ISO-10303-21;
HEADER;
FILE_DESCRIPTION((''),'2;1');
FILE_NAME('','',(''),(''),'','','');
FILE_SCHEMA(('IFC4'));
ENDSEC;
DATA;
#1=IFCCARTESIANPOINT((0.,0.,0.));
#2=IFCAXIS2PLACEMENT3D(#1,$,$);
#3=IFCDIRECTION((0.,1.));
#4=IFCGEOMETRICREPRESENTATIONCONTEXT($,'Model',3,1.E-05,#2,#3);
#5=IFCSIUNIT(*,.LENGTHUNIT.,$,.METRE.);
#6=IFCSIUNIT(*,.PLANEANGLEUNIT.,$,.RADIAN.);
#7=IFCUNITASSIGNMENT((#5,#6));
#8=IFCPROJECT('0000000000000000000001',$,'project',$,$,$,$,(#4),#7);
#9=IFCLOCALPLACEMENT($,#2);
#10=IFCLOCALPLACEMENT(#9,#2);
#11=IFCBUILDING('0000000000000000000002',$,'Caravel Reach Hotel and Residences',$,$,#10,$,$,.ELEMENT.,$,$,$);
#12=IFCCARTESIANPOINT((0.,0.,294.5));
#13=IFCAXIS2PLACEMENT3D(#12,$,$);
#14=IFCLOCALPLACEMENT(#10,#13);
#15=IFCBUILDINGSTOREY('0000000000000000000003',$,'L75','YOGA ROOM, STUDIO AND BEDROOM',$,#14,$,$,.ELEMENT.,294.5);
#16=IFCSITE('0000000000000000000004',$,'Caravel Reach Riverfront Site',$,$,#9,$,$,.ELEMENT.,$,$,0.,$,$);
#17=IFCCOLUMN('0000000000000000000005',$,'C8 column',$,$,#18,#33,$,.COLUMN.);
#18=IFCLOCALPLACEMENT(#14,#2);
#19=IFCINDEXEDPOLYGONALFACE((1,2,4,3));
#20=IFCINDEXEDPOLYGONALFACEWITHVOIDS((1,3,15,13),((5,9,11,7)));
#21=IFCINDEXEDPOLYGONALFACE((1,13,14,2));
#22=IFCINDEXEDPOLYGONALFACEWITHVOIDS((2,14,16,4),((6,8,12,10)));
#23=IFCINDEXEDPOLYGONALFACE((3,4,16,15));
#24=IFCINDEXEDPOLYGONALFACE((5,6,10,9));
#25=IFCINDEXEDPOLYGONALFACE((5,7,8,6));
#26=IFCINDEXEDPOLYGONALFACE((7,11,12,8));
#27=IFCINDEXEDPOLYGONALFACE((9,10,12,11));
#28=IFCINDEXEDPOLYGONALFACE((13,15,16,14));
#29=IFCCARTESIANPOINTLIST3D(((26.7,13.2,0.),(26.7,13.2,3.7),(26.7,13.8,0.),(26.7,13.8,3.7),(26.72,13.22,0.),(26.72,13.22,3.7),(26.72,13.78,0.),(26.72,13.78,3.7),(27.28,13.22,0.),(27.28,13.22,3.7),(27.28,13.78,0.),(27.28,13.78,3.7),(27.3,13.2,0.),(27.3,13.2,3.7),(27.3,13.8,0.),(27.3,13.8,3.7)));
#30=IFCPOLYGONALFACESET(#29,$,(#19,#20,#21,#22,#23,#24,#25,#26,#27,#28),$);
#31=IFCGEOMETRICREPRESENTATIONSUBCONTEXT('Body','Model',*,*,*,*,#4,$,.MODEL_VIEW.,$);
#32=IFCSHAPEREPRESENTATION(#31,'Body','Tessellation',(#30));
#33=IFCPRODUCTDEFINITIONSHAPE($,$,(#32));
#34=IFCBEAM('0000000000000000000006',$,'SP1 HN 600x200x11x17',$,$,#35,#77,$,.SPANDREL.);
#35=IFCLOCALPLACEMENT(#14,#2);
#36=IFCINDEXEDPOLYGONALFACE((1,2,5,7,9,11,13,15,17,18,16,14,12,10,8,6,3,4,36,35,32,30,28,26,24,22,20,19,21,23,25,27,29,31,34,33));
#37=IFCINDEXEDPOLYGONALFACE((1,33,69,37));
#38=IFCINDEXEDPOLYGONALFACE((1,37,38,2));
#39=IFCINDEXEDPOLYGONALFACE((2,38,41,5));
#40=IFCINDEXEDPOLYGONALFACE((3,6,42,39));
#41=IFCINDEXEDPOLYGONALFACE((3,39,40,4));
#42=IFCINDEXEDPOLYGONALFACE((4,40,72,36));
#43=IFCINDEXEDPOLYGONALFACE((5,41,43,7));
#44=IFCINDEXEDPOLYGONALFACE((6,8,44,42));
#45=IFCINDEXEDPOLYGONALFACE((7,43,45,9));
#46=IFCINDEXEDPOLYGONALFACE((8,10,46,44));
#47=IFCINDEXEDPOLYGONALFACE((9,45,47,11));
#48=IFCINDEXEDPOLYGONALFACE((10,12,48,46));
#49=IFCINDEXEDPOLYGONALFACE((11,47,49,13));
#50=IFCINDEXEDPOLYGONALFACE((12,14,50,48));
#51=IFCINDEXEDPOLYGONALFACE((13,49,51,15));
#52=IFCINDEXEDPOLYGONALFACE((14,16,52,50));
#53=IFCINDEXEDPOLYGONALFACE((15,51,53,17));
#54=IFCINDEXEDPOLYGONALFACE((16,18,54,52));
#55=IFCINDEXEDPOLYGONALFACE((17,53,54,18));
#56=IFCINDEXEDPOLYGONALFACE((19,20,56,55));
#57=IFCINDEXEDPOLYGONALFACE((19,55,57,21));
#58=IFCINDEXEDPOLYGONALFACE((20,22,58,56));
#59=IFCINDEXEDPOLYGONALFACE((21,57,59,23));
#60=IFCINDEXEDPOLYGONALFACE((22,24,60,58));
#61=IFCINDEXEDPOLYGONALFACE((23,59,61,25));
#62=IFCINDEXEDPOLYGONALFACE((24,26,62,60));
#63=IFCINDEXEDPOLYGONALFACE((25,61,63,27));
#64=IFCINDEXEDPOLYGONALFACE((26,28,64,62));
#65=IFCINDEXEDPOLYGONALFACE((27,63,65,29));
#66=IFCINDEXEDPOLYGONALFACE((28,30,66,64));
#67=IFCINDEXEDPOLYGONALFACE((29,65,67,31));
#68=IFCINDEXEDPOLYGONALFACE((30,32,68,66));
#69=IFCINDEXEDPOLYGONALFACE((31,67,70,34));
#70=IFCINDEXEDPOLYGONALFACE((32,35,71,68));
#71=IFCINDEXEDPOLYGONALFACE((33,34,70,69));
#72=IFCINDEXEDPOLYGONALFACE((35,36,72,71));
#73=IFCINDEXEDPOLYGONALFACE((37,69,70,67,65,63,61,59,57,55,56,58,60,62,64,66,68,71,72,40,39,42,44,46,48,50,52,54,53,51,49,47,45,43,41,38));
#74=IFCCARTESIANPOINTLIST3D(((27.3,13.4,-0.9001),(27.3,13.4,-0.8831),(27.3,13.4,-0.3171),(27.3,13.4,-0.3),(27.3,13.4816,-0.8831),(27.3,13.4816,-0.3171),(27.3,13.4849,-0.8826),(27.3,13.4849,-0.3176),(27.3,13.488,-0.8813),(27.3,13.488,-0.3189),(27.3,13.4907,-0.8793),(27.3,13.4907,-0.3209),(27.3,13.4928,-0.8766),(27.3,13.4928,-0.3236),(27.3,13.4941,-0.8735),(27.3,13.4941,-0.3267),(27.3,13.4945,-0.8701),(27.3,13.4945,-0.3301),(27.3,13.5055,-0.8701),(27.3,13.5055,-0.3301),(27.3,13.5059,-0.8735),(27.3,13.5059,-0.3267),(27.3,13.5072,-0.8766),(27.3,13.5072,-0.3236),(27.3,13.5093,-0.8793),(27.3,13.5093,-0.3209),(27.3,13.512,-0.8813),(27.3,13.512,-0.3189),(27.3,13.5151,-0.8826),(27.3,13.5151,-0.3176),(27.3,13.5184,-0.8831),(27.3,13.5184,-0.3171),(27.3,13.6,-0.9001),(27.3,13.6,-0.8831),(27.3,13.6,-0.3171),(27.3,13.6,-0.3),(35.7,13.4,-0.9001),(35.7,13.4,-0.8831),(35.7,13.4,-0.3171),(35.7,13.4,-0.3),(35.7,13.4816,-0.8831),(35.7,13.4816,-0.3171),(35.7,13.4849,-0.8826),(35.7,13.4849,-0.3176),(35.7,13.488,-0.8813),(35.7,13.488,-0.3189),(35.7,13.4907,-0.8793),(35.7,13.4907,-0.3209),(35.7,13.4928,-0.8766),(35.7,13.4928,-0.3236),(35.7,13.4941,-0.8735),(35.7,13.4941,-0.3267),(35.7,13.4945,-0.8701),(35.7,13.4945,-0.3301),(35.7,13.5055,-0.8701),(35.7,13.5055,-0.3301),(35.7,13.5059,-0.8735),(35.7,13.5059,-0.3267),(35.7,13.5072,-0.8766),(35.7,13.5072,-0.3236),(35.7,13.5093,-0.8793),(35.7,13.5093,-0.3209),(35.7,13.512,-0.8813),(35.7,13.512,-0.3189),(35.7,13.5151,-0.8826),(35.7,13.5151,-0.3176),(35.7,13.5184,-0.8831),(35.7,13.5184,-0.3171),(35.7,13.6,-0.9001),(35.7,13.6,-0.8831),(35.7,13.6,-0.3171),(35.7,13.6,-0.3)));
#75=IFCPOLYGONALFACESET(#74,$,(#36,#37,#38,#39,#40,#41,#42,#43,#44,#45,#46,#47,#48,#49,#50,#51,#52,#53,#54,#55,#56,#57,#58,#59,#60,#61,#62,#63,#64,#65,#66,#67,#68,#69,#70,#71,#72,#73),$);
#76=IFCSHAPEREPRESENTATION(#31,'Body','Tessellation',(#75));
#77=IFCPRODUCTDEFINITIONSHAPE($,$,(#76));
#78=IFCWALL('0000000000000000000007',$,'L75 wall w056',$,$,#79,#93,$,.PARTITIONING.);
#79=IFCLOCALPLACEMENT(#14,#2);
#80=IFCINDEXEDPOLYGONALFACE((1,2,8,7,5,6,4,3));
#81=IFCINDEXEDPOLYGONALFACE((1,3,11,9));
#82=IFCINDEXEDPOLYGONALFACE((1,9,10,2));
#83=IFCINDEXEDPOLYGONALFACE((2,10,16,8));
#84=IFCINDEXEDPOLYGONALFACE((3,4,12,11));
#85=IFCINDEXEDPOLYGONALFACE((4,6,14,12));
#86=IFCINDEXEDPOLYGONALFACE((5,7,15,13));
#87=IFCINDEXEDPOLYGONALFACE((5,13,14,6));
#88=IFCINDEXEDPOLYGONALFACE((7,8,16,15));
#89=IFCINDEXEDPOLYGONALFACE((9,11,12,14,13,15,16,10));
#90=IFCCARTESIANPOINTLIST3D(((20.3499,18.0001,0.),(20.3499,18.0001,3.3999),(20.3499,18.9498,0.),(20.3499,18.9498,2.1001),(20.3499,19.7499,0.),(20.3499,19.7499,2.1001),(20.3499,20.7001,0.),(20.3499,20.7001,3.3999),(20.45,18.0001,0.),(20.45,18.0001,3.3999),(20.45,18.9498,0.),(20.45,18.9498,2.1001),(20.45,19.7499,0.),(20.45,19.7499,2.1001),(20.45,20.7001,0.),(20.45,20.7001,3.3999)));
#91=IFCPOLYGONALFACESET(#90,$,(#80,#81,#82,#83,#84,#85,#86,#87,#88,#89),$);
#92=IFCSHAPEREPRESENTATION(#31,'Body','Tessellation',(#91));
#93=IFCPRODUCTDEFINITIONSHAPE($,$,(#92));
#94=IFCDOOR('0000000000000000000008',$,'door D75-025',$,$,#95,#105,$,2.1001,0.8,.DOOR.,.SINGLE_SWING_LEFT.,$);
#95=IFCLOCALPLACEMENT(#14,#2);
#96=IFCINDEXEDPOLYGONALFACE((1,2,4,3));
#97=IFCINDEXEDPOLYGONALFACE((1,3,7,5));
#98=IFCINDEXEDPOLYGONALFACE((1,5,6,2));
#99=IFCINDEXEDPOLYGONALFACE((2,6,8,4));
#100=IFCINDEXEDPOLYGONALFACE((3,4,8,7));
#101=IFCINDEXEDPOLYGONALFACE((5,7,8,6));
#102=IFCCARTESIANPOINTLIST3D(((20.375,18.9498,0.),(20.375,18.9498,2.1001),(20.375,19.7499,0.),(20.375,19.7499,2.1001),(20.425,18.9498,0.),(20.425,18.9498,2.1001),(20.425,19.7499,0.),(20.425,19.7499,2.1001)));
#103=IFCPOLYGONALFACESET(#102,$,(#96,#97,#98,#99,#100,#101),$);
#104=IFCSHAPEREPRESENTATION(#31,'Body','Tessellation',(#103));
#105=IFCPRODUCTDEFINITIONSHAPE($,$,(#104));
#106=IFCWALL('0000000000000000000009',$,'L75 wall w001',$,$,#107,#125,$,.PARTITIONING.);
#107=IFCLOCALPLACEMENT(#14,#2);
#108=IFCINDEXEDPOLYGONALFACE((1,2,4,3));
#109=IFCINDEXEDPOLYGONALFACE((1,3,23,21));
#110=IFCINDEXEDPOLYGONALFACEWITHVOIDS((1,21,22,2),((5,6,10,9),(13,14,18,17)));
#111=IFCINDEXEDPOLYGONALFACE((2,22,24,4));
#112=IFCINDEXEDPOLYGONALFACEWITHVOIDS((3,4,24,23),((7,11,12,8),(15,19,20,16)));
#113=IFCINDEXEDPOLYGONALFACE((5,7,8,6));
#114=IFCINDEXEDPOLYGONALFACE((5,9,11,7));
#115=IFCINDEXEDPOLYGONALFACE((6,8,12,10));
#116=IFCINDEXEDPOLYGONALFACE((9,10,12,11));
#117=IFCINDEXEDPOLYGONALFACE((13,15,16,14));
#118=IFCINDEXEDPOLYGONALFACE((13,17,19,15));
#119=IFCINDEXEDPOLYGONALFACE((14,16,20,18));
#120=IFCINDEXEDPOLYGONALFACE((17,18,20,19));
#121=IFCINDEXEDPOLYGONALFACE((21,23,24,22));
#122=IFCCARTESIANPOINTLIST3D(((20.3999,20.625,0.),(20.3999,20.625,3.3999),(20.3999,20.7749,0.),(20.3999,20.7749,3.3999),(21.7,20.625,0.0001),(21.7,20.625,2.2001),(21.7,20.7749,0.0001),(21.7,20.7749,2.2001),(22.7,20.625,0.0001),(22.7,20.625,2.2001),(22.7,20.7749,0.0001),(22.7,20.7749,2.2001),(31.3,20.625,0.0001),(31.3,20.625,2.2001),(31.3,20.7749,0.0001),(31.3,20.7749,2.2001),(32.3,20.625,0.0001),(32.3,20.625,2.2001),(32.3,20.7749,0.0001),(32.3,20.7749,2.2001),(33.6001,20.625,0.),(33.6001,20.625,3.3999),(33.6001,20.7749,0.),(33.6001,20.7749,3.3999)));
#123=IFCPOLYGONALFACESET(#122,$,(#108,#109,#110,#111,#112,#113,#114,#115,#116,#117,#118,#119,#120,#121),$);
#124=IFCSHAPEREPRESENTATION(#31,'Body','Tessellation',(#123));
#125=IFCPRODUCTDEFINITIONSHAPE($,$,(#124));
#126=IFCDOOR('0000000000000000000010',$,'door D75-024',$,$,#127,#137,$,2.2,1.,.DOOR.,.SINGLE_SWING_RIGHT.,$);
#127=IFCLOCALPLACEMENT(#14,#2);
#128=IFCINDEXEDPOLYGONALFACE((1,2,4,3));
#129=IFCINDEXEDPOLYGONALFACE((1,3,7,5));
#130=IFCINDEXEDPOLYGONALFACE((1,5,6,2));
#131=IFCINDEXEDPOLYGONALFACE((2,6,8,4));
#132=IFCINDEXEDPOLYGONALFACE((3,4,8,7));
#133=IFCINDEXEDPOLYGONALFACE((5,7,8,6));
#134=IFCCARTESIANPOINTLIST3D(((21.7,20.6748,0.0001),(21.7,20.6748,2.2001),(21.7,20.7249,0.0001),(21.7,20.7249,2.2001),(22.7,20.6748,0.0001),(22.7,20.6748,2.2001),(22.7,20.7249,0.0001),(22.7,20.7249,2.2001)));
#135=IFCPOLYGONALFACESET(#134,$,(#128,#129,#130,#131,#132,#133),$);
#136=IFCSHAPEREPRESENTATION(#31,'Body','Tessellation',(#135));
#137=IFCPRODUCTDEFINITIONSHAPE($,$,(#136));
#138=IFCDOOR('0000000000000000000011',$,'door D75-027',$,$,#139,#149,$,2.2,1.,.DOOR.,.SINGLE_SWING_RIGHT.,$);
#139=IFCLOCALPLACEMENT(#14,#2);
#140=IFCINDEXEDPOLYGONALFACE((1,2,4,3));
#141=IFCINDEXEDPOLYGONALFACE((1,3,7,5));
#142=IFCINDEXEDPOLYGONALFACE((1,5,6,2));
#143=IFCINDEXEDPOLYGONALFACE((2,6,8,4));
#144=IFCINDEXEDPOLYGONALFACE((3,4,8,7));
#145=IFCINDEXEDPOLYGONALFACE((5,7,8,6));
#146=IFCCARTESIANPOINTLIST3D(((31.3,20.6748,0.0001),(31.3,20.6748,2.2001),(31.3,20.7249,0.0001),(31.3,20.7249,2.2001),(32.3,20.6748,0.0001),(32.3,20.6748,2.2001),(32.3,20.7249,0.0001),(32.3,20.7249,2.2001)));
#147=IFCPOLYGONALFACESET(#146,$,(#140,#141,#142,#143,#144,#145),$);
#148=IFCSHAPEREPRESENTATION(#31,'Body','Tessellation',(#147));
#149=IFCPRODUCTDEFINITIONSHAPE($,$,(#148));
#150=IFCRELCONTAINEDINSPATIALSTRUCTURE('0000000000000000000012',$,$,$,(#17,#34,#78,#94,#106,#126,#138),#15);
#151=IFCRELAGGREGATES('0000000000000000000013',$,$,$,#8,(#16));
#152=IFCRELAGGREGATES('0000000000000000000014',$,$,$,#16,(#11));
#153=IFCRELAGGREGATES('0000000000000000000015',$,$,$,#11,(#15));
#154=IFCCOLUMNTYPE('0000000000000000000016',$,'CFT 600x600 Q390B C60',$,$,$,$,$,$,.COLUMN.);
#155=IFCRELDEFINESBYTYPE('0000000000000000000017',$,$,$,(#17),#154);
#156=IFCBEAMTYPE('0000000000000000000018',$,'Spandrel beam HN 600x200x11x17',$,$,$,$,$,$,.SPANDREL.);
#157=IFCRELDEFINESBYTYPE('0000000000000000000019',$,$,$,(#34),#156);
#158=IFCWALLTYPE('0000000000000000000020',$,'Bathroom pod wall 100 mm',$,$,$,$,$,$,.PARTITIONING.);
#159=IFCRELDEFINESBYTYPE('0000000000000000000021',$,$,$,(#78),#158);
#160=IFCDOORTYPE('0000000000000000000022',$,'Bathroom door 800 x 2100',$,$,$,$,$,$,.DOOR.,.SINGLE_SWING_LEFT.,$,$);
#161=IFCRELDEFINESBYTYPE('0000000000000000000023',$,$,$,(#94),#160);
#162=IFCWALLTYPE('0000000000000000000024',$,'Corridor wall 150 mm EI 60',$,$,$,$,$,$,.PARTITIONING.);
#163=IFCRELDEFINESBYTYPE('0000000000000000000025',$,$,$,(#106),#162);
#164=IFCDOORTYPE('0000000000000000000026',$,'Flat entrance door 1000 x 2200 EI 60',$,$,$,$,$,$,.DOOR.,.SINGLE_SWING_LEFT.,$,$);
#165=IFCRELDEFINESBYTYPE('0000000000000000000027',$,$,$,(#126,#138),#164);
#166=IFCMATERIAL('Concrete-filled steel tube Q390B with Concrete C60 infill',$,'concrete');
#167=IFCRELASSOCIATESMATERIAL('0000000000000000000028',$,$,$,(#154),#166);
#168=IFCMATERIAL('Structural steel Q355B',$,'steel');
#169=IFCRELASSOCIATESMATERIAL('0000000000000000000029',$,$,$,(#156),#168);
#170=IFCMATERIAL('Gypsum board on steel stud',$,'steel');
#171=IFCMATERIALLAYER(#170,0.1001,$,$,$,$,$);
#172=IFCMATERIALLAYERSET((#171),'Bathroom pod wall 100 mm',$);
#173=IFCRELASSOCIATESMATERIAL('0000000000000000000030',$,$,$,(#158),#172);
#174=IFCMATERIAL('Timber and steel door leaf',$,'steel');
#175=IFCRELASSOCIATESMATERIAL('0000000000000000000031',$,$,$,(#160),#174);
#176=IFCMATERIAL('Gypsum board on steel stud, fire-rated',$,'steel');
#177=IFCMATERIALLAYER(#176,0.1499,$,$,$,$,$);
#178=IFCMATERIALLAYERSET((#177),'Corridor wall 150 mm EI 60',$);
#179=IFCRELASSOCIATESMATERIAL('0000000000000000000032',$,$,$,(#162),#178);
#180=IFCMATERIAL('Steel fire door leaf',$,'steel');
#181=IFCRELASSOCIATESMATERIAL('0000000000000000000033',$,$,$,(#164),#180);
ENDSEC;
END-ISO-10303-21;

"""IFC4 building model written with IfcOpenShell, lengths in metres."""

from ifc_helpers import new_model, si_unit, direction, frame, frame_2d, origin, origin_2d, place, context, subcontext, project, spatial, rectangle, hollow_rectangle, i_section, extrude, material, layer, layer_set, material_profile, profile_set, type_object, element, fill, save


model = new_model("IFC4")

# Units and contexts
model_context = context("Model", 3, precision=1e-05, world=origin(), true_north=direction((0.0, 1.0)))
body_context = subcontext(model_context, "Body", "Model", "MODEL_VIEW")
ifc_project = project(units=[si_unit("LENGTHUNIT", "METRE"), si_unit("PLANEANGLEUNIT", "RADIAN")], contexts=[model_context])

# Site, building, storey
site_placement = place(None, origin())
site = spatial("IfcSite", under=ifc_project, at=site_placement, Name="Caravel Reach Riverfront Site", CompositionType="ELEMENT", RefElevation=0.0)
building_placement = place(site_placement, origin())
building = spatial("IfcBuilding", under=site, at=building_placement, Name="Caravel Reach Hotel and Residences", CompositionType="ELEMENT")
storey_placement = place(building_placement, frame((0.0, 0.0, 294.5)))
storey = spatial("IfcBuildingStorey", under=building, at=storey_placement, Name="L75", Description="YOGA ROOM, STUDIO AND BEDROOM", CompositionType="ELEMENT", Elevation=294.5)

# Column
ifc_material_1 = material(Name="Concrete-filled steel tube Q390B with Concrete C60 infill", Category="concrete")
ifc_material_profile_1 = material_profile(ifc_material_1, hollow_rectangle(XDim=0.6001, YDim=0.6001, WallThickness=0.02, at=origin_2d()), Name="RHS 600x600x20")
ifc_profile_set_1 = profile_set([ifc_material_profile_1], Name="Concrete-filled steel tube Q390B with Concrete C60 infill")
column_type = type_object("IfcColumnType", Name="CFT 600x600 Q390B C60", PredefinedType="COLUMN", material=ifc_profile_set_1)
column_placement = place(storey_placement, frame((27.0, 13.5, 0.0), z_axis=(0.0, 0.0, 1.0), x_axis=(1.0, 0.0, 0.0)))
element("IfcColumn", 1, at=column_placement, inside=storey, type_object=column_type, Name="C8 column", PredefinedType="COLUMN", context=body_context, shape_type="SweptSolid", body=[
    extrude(hollow_rectangle(XDim=0.6001, YDim=0.6001, WallThickness=0.02, at=origin_2d()), origin(), (0.0, 0.0, 1.0), 3.7),
])

# Beam
ifc_material_2 = material(Name="Structural steel Q355B", Category="steel")
ifc_material_profile_2 = material_profile(ifc_material_2, i_section(OverallWidth=0.2, OverallDepth=0.6001, WebThickness=0.011, FlangeThickness=0.0171, FilletRadius=0.0129, at=origin_2d()), Name="HN 600x200x11x17")
ifc_profile_set_2 = profile_set([ifc_material_profile_2], Name="Structural steel Q355B")
beam_type = type_object("IfcBeamType", Name="Spandrel beam HN 600x200x11x17", PredefinedType="SPANDREL", material=ifc_profile_set_2)
beam_placement = place(storey_placement, frame((27.3, 13.5, -0.6001), z_axis=(1.0, 0.0, 0.0), x_axis=(0.0, 1.0, 0.0)))
element("IfcBeam", 2, at=beam_placement, inside=storey, type_object=beam_type, Name="SP1 HN 600x200x11x17", PredefinedType="SPANDREL", context=body_context, shape_type="SweptSolid", body=[
    extrude(i_section(OverallWidth=0.2, OverallDepth=0.6001, WebThickness=0.011, FlangeThickness=0.0171, FilletRadius=0.0129, at=origin_2d()), origin(), (0.0, 0.0, 1.0), 8.3999),
])

# Wall, opening, door
ifc_material_3 = material(Name="Gypsum board on steel stud", Category="steel")
ifc_layer_1 = layer(ifc_material_3, 0.1001)
ifc_layer_set_1 = layer_set([ifc_layer_1], Name="Bathroom pod wall 100 mm")
wall_type_1 = type_object("IfcWallType", Name="Bathroom pod wall 100 mm", PredefinedType="PARTITIONING", material=ifc_layer_set_1)
wall_1_placement = place(storey_placement, frame((20.3999, 18.0, 0.0), z_axis=(0.0, 0.0, 1.0), x_axis=(0.0, 1.0, 0.0)))
wall_1 = element("IfcWall", 3, at=wall_1_placement, inside=storey, type_object=wall_type_1, Name="L75 wall w056", PredefinedType="PARTITIONING", context=body_context, shape_type="SweptSolid", body=[
    extrude(rectangle(XDim=2.7, YDim=0.1001, at=frame_2d((1.3501, 0.0))), origin(), (0.0, 0.0, 1.0), 3.3999),
])
opening_1_placement = place(wall_1_placement, frame((0.95, 0.0, 0.0)))
opening_1 = element("IfcOpeningElement", 4, at=opening_1_placement, cuts=wall_1, PredefinedType="OPENING", context=body_context, shape_type="SweptSolid", body=[
    extrude(rectangle(XDim=0.8, YDim=2.1001, at=frame_2d((0.3999, 1.05))), frame((0.0, 0.0601, 0.0), z_axis=(0.0, -1.0, 0.0), x_axis=(1.0, 0.0, 0.0)), (0.0, 0.0, 1.0), 0.1201),
])
ifc_material_4 = material(Name="Timber and steel door leaf", Category="steel")
door_type_1 = type_object("IfcDoorType", Name="Bathroom door 800 x 2100", OperationType="SINGLE_SWING_LEFT", PredefinedType="DOOR", material=ifc_material_4)
door_1_placement = place(opening_1_placement, origin())
door_1 = element("IfcDoor", 5, at=door_1_placement, inside=storey, type_object=door_type_1, Name="door D75-025", OperationType="SINGLE_SWING_LEFT", OverallHeight=2.1001, OverallWidth=0.8, PredefinedType="DOOR", context=body_context, shape_type="SweptSolid", body=[
    extrude(rectangle(XDim=0.8, YDim=2.1001, at=frame_2d((0.3999, 1.05))), frame((0.0, 0.0249, 0.0), z_axis=(0.0, -1.0, 0.0), x_axis=(1.0, 0.0, 0.0)), (0.0, 0.0, 1.0), 0.05),
])
fill(opening_1, door_1)

# Wall, openings, doors
ifc_material_5 = material(Name="Gypsum board on steel stud, fire-rated", Category="steel")
ifc_layer_2 = layer(ifc_material_5, 0.1499)
ifc_layer_set_2 = layer_set([ifc_layer_2], Name="Corridor wall 150 mm EI 60")
wall_type_2 = type_object("IfcWallType", Name="Corridor wall 150 mm EI 60", PredefinedType="PARTITIONING", material=ifc_layer_set_2)
wall_2_placement = place(storey_placement, frame((20.3999, 20.7, 0.0), z_axis=(0.0, 0.0, 1.0), x_axis=(1.0, 0.0, 0.0)))
wall_2 = element("IfcWall", 6, at=wall_2_placement, inside=storey, type_object=wall_type_2, Name="L75 wall w001", PredefinedType="PARTITIONING", context=body_context, shape_type="SweptSolid", body=[
    extrude(rectangle(XDim=13.2002, YDim=0.1499, at=frame_2d((6.6001, 0.0))), origin(), (0.0, 0.0, 1.0), 3.3999),
])
opening_2_placement = place(wall_2_placement, frame((1.3, 0.0, 0.0)))
opening_2 = element("IfcOpeningElement", 7, at=opening_2_placement, cuts=wall_2, PredefinedType="OPENING", context=body_context, shape_type="SweptSolid", body=[
    extrude(rectangle(XDim=1.0, YDim=2.2, at=frame_2d((0.5, 1.1001))), frame((0.0, 0.085, 0.0), z_axis=(0.0, -1.0, 0.0), x_axis=(1.0, 0.0, 0.0)), (0.0, 0.0, 1.0), 0.1699),
])
opening_3_placement = place(wall_2_placement, frame((10.9001, 0.0, 0.0)))
opening_3 = element("IfcOpeningElement", 8, at=opening_3_placement, cuts=wall_2, PredefinedType="OPENING", context=body_context, shape_type="SweptSolid", body=[
    extrude(rectangle(XDim=1.0, YDim=2.2, at=frame_2d((0.5, 1.1001))), frame((0.0, 0.085, 0.0), z_axis=(0.0, -1.0, 0.0), x_axis=(1.0, 0.0, 0.0)), (0.0, 0.0, 1.0), 0.1699),
])
ifc_material_6 = material(Name="Steel fire door leaf", Category="steel")
door_type_2 = type_object("IfcDoorType", Name="Flat entrance door 1000 x 2200 EI 60", OperationType="SINGLE_SWING_LEFT", PredefinedType="DOOR", material=ifc_material_6)
door_2_placement = place(opening_2_placement, origin())
door_2 = element("IfcDoor", 9, at=door_2_placement, inside=storey, type_object=door_type_2, Name="door D75-024", OperationType="SINGLE_SWING_RIGHT", OverallHeight=2.2, OverallWidth=1.0, PredefinedType="DOOR", context=body_context, shape_type="SweptSolid", body=[
    extrude(rectangle(XDim=1.0, YDim=2.2, at=frame_2d((0.5, 1.1001))), frame((0.0, 0.0249, 0.0), z_axis=(0.0, -1.0, 0.0), x_axis=(1.0, 0.0, 0.0)), (0.0, 0.0, 1.0), 0.05),
])
fill(opening_2, door_2)
door_3_placement = place(opening_3_placement, origin())
door_3 = element("IfcDoor", 10, at=door_3_placement, inside=storey, type_object=door_type_2, Name="door D75-027", OperationType="SINGLE_SWING_RIGHT", OverallHeight=2.2, OverallWidth=1.0, PredefinedType="DOOR", context=body_context, shape_type="SweptSolid", body=[
    extrude(rectangle(XDim=1.0, YDim=2.2, at=frame_2d((0.5, 1.1001))), frame((0.0, 0.0249, 0.0), z_axis=(0.0, -1.0, 0.0), x_axis=(1.0, 0.0, 0.0)), (0.0, 0.0, 1.0), 0.05),
])
fill(opening_3, door_3)

save(model, "model.ifc")
